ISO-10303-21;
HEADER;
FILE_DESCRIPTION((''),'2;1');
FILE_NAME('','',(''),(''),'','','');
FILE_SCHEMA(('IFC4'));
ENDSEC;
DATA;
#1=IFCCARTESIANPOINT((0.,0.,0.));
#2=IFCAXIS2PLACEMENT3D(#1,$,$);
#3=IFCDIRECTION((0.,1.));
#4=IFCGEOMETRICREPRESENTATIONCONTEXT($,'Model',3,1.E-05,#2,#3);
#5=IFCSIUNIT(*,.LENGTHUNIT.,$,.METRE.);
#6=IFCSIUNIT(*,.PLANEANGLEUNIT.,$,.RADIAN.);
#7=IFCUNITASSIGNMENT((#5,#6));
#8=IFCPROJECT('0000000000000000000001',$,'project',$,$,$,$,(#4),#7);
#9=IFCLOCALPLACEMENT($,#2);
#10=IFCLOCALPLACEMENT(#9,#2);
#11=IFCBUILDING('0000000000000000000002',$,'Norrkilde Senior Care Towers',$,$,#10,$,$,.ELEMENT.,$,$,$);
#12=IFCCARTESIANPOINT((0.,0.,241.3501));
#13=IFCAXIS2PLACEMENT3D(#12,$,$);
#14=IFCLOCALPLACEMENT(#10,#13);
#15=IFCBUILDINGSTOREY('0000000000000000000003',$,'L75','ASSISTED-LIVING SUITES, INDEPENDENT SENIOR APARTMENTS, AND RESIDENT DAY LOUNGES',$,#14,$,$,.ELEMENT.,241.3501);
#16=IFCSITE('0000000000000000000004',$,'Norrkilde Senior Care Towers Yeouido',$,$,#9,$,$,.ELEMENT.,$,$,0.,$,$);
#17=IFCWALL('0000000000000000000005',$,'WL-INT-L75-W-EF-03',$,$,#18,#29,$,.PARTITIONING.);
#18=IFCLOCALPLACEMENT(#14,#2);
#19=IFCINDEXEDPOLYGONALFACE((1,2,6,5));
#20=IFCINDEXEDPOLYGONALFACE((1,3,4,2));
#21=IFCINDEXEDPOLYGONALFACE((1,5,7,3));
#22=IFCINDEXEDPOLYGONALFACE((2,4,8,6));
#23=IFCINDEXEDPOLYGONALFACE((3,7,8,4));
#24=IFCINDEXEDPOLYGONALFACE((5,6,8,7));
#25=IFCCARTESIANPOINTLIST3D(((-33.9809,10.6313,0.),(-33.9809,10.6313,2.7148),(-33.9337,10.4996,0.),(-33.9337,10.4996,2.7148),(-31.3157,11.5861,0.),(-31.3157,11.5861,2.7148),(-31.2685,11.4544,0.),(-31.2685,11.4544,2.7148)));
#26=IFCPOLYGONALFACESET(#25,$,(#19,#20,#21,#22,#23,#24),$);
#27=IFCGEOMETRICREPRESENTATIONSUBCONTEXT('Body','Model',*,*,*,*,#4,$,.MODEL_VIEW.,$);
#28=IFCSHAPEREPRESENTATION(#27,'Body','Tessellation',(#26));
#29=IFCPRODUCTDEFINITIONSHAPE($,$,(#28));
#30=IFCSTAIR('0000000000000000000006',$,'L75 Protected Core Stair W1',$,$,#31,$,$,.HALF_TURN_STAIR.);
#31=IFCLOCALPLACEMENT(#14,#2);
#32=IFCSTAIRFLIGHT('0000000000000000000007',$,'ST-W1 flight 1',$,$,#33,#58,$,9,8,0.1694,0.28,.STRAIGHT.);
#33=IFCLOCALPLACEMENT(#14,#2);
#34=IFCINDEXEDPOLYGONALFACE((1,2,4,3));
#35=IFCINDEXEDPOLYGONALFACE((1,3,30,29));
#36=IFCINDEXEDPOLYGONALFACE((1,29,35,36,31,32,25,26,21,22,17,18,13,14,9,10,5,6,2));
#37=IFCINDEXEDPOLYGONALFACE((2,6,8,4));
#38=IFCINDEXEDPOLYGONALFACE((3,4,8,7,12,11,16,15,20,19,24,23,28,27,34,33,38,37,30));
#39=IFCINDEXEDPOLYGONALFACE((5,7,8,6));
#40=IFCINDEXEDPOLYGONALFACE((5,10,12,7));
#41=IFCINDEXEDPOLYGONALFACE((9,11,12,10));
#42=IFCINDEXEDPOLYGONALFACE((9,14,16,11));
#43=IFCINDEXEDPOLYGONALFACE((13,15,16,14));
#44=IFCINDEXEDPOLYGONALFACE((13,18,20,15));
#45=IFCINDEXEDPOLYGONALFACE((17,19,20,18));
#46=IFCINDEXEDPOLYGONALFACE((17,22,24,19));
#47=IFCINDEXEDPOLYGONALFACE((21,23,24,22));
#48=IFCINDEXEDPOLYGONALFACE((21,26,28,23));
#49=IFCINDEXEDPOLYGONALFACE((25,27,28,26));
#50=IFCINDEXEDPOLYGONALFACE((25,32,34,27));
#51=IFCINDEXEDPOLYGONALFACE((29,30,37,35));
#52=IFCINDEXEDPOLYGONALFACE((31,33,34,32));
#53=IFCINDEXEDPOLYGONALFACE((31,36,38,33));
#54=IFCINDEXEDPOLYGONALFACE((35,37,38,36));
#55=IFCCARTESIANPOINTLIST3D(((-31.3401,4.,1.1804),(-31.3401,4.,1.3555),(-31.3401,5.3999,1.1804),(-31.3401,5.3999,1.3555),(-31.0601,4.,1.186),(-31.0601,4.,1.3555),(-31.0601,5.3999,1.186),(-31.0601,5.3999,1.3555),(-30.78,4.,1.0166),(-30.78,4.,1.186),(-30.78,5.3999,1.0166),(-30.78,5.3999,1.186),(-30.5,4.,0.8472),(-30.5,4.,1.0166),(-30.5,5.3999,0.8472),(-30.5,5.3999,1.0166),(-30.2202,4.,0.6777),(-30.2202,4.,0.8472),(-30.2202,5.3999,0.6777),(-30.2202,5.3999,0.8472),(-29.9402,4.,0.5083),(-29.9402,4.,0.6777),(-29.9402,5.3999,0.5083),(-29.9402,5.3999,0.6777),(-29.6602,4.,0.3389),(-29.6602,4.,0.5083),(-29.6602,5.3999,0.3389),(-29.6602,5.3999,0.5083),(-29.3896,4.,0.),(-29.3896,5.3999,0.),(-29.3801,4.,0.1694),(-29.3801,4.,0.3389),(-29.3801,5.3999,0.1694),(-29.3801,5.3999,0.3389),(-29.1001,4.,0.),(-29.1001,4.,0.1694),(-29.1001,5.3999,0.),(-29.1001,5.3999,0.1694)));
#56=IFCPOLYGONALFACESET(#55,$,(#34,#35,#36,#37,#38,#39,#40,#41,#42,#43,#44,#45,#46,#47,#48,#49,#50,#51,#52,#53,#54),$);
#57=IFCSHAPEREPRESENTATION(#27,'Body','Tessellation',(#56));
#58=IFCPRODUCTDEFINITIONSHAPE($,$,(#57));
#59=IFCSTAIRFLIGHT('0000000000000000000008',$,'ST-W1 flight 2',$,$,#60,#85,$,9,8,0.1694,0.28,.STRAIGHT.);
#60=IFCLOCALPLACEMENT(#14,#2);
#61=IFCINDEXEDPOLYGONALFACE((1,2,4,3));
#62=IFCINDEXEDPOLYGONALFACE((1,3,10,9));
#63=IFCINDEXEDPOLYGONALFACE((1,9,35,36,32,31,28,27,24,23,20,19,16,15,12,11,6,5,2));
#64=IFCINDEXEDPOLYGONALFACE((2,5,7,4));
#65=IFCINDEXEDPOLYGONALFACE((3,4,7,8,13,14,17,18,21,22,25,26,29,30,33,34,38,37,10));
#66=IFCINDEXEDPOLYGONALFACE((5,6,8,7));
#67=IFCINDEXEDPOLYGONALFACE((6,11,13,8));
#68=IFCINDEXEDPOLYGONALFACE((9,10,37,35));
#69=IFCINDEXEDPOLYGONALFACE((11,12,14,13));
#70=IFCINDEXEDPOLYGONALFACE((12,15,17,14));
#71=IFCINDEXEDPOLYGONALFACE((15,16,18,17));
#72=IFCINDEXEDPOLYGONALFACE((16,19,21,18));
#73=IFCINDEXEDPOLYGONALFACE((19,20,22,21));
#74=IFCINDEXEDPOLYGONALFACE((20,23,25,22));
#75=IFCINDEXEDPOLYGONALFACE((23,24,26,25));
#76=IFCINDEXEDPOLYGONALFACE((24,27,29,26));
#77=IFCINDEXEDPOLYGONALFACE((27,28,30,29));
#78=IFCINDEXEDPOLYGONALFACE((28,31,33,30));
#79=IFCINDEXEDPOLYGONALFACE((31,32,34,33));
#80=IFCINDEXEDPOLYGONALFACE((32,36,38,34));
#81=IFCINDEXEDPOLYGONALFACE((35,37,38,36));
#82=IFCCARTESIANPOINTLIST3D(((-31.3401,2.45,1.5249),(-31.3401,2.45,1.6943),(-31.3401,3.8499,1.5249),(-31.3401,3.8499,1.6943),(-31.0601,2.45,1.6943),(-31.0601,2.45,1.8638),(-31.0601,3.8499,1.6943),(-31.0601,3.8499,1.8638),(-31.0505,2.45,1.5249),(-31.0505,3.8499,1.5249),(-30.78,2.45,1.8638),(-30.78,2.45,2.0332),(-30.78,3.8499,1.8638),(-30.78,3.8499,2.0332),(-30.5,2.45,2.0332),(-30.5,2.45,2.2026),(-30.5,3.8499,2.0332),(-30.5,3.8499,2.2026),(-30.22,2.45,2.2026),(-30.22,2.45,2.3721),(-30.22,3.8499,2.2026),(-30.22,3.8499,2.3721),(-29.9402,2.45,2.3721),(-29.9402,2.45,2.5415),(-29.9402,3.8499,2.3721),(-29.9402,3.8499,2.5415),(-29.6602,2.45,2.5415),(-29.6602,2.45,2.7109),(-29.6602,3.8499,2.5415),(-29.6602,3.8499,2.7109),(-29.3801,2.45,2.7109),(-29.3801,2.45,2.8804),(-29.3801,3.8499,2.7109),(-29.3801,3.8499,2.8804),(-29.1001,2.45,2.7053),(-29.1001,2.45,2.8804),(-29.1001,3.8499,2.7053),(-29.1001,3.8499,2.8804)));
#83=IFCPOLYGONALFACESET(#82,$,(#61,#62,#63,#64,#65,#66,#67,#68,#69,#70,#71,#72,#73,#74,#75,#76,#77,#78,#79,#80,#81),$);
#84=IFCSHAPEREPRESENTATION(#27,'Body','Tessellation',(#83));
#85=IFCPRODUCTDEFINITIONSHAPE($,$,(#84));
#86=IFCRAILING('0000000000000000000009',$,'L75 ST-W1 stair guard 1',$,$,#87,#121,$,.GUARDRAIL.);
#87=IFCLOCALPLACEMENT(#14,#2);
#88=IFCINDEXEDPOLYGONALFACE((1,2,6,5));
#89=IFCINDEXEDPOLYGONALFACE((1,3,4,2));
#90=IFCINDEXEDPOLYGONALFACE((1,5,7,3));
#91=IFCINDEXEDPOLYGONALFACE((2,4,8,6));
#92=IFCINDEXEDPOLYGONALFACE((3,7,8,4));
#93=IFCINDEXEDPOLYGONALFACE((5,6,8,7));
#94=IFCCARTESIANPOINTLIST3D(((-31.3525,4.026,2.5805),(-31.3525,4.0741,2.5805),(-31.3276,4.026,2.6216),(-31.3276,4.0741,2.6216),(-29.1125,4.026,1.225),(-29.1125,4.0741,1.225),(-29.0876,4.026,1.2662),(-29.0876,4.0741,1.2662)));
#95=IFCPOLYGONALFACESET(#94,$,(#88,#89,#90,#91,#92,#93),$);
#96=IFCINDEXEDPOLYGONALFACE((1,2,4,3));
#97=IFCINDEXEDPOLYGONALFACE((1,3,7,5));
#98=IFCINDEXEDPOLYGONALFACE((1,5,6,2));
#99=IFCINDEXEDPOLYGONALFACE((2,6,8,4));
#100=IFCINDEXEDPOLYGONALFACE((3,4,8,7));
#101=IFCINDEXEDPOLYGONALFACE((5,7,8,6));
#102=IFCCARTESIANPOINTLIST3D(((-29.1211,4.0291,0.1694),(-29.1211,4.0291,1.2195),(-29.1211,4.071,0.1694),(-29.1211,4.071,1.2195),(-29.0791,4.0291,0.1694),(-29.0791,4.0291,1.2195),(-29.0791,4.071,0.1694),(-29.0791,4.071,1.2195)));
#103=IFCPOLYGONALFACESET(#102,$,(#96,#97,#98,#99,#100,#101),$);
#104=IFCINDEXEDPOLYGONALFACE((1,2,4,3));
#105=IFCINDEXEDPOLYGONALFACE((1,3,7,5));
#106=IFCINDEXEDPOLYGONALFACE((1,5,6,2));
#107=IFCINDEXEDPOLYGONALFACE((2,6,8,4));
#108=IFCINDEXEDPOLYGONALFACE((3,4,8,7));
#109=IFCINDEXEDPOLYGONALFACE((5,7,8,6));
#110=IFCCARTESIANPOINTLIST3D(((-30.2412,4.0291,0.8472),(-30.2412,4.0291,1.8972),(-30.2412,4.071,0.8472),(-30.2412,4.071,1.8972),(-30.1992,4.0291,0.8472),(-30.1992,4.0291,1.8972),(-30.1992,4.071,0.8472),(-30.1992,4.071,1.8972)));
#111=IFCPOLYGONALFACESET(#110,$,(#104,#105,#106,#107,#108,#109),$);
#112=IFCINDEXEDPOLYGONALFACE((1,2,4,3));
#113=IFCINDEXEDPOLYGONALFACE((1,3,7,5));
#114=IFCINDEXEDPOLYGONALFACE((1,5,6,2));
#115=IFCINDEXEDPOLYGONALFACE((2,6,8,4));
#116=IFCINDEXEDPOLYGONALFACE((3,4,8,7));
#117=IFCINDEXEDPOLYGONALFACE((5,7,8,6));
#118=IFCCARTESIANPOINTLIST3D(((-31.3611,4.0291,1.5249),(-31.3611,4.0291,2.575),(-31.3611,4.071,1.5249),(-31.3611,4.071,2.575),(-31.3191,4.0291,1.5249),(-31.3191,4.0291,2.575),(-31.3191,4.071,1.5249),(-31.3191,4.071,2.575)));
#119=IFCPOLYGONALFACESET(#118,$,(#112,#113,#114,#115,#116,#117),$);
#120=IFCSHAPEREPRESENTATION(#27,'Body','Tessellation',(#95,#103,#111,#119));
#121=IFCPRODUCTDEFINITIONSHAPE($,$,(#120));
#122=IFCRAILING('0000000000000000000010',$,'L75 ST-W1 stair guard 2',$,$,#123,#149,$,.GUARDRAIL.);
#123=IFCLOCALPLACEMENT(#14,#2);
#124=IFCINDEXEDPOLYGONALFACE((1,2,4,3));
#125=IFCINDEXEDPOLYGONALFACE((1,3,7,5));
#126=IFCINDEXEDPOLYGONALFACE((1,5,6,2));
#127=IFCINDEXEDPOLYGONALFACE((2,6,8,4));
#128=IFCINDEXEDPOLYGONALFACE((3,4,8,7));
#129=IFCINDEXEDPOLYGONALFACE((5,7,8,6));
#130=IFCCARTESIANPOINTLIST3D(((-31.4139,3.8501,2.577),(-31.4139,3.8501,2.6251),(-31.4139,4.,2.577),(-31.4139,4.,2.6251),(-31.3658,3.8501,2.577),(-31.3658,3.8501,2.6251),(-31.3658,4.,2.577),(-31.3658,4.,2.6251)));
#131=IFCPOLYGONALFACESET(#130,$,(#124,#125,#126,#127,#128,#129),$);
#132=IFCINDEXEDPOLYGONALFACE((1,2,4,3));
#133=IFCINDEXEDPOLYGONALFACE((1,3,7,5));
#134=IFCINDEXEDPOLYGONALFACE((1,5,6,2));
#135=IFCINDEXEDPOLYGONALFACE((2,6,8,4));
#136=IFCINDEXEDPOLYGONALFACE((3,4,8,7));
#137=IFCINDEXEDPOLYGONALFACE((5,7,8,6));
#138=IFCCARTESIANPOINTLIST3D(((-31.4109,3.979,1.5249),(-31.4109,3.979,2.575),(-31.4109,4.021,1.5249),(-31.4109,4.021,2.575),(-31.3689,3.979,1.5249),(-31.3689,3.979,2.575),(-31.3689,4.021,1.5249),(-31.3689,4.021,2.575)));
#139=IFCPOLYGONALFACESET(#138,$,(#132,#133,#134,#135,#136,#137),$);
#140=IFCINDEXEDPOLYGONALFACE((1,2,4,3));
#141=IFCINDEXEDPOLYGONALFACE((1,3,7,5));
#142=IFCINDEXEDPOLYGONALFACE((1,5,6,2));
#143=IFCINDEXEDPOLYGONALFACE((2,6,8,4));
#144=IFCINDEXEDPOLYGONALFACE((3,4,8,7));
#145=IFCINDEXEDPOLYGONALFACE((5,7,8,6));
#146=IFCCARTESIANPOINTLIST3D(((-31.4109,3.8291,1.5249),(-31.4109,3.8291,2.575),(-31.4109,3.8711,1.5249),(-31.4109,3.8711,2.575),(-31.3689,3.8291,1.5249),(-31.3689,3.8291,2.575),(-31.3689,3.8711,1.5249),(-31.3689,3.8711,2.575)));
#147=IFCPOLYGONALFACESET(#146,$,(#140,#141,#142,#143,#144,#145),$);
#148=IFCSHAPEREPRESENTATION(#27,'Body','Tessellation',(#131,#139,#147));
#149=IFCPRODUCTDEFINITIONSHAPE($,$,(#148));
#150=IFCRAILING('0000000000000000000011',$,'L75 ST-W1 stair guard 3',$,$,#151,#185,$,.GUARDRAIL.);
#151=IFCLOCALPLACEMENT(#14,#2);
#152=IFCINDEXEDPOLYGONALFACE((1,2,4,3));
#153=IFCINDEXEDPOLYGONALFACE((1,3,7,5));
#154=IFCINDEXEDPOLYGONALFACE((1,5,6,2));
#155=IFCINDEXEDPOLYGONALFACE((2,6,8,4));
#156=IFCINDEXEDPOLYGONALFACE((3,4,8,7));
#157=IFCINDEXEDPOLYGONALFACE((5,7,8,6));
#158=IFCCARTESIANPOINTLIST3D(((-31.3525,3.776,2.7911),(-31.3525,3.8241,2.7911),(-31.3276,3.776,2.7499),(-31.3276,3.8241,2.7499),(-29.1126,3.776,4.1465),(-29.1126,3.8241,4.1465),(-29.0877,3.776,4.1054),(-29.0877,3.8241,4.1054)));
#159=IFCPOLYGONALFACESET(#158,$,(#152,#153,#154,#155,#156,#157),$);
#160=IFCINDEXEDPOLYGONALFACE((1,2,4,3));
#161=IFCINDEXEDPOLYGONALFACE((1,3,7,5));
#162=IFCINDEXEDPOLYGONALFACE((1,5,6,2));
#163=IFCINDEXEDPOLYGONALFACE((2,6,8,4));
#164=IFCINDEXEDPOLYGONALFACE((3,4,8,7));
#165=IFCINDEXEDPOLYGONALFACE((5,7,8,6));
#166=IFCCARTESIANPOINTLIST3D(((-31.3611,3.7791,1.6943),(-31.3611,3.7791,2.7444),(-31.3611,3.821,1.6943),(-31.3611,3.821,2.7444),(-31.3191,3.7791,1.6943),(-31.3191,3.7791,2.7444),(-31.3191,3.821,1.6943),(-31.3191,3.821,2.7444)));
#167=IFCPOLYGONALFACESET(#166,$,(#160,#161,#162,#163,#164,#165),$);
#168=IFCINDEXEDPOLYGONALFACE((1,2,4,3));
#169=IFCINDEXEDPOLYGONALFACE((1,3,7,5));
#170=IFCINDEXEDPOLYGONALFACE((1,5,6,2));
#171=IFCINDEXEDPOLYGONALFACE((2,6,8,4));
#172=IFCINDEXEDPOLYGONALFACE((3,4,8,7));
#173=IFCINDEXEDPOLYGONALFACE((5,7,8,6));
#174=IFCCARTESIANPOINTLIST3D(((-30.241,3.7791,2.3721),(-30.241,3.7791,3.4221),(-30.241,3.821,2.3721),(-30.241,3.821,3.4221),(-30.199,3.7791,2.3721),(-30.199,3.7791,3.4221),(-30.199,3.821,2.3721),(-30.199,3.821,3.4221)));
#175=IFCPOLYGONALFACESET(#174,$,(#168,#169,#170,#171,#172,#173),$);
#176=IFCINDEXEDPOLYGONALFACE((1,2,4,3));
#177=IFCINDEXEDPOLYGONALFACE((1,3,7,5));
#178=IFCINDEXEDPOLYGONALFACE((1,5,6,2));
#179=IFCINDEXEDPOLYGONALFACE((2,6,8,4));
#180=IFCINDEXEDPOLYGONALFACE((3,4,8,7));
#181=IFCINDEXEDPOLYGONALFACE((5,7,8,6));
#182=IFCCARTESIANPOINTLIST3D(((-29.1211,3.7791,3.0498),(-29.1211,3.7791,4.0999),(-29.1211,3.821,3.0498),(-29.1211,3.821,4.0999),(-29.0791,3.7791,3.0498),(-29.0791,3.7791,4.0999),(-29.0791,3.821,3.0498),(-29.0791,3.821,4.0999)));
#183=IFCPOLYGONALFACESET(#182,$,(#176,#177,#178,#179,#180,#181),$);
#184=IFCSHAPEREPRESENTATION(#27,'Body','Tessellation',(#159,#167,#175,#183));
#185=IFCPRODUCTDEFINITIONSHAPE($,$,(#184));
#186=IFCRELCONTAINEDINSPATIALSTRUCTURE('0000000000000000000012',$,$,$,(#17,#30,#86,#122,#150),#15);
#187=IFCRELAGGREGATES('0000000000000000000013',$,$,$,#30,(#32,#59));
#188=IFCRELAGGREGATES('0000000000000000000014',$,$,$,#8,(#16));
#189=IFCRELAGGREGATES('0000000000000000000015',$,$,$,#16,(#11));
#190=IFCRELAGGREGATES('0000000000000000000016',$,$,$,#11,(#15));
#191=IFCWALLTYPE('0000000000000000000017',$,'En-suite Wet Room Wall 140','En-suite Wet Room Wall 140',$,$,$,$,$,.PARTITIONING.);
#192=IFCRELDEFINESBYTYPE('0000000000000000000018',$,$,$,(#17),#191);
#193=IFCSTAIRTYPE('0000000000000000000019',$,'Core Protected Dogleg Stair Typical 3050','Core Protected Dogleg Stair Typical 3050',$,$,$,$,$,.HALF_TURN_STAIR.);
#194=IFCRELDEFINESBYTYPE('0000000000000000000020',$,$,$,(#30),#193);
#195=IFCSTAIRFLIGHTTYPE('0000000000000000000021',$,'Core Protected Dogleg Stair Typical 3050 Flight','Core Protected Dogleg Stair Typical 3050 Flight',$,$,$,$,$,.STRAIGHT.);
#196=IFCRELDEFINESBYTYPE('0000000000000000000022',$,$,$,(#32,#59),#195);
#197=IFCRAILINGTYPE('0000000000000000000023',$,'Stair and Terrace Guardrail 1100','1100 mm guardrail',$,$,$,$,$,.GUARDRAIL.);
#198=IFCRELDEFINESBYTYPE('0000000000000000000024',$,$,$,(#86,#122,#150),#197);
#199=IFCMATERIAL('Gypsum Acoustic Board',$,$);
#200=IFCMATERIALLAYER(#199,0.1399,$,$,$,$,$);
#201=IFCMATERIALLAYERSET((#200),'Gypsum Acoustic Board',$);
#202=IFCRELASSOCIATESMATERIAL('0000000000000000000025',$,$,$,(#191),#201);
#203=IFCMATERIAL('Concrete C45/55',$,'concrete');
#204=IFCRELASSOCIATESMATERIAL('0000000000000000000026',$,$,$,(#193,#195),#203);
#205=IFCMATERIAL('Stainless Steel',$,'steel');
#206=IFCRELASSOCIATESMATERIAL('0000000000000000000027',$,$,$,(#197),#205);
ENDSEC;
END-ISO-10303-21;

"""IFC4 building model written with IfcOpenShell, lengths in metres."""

from ifc_helpers import new_model, si_unit, direction, frame, frame_2d, origin, origin_2d, place, context, subcontext, project, spatial, polyline, rectangle, outline, extrude, source, transform, mapped, material, layer, layer_set, type_object, element, aggregate, save


model = new_model("IFC4")

# Units and contexts
model_context = context("Model", 3, precision=1e-05, world=origin(), true_north=direction((0.0, 1.0)))
body_context = subcontext(model_context, "Body", "Model", "MODEL_VIEW")
ifc_project = project(units=[si_unit("LENGTHUNIT", "METRE"), si_unit("PLANEANGLEUNIT", "RADIAN")], contexts=[model_context])

# Site, building, storey
site_placement = place(None, origin())
site = spatial("IfcSite", under=ifc_project, at=site_placement, Name="Norrkilde Senior Care Towers Yeouido", CompositionType="ELEMENT", RefElevation=0.0)
building_placement = place(site_placement, origin())
building = spatial("IfcBuilding", under=site, at=building_placement, Name="Norrkilde Senior Care Towers", CompositionType="ELEMENT")
storey_placement = place(building_placement, frame((0.0, 0.0, 241.3501)))
storey = spatial("IfcBuildingStorey", under=building, at=storey_placement, Name="L75", Description="ASSISTED-LIVING SUITES, INDEPENDENT SENIOR APARTMENTS, AND RESIDENT DAY LOUNGES", CompositionType="ELEMENT", Elevation=241.3501)

# Shared definitions
ifc_material_1 = material(Name="Gypsum Acoustic Board")
ifc_material_2 = material(Name="Concrete C45/55", Category="concrete")

# Shared definitions
ifc_layer_1 = layer(ifc_material_1, 0.1399)
ifc_layer_set_1 = layer_set([ifc_layer_1], Name="Gypsum Acoustic Board")
wall_type_1 = type_object("IfcWallType", Name="En-suite Wet Room Wall 140", Description="En-suite Wet Room Wall 140", PredefinedType="PARTITIONING", material=ifc_layer_set_1)

# Wall
shared_shape_1 = source(origin(), body_context, "Body", "SweptSolid", [
    extrude(rectangle(XDim=2.8311, YDim=0.1399, at=frame_2d((1.4155, 0.0))), origin(), (0.0, 0.0, 1.0), 2.7148),
])
wall_1_placement = place(storey_placement, frame((-33.9573, 10.5654, 0.0), z_axis=(0.0, 0.0, 1.0), x_axis=(0.941412, 0.337259, 0.0)))
element("IfcWall", 1, at=wall_1_placement, inside=storey, type_object=wall_type_1, Name="WL-INT-L75-W-EF-03", PredefinedType="PARTITIONING", context=body_context, shape_type="MappedRepresentation", body=[
    mapped(shared_shape_1, transform((0.0, 0.0, 0.0), x_axis=(1.0, 0.0, 0.0), y_axis=(0.0, 1.0, 0.0), z_axis=(0.0, 0.0, 1.0), scale=1.0)),
])

# Stair, stair flights
stair_type = type_object("IfcStairType", Name="Core Protected Dogleg Stair Typical 3050", Description="Core Protected Dogleg Stair Typical 3050", PredefinedType="HALF_TURN_STAIR", material=ifc_material_2)
stair_placement = place(storey_placement, origin())
stair = element("IfcStair", 2, at=stair_placement, inside=storey, type_object=stair_type, Name="L75 Protected Core Stair W1", PredefinedType="HALF_TURN_STAIR")
stair_flight_type = type_object("IfcStairFlightType", Name="Core Protected Dogleg Stair Typical 3050 Flight", Description="Core Protected Dogleg Stair Typical 3050 Flight", PredefinedType="STRAIGHT", material=ifc_material_2)
stair_flight_1_placement = place(storey_placement, frame((-29.1001, 4.7, 0.0), z_axis=(0.0, 0.0, 1.0), x_axis=(-1.0, 0.0, 0.0)))
stair_flight_1 = element("IfcStairFlight", 3, at=stair_flight_1_placement, type_object=stair_flight_type, Name="ST-W1 flight 1", NumberOfRisers=9, NumberOfTreads=8, PredefinedType="STRAIGHT", RiserHeight=0.1694, TreadLength=0.28, context=body_context, shape_type="SweptSolid", body=[
    extrude(outline(polyline([(0.0, 0.0), (0.0, 0.1694), (0.28, 0.1694), (0.28, 0.3389), (0.5601, 0.3389), (0.5601, 0.5083), (0.8401, 0.5083), (0.8401, 0.6777), (1.1201, 0.6777), (1.1201, 0.8472), (1.3999, 0.8472), (1.3999, 1.0166), (1.6799, 1.0166), (1.6799, 1.186), (1.96, 1.186), (1.96, 1.3555), (2.24, 1.3555), (2.24, 1.5249), (2.24, 1.1804), (0.2896, 0.0), (0.0, 0.0)])), frame((0.0, 0.7, 0.0), z_axis=(0.0, -1.0, 0.0), x_axis=(1.0, 0.0, 0.0)), (0.0, 0.0, 1.0), 1.3999),
])
stair_flight_2_placement = place(storey_placement, frame((-31.3401, 3.1499, 1.5249), z_axis=(0.0, 0.0, 1.0), x_axis=(1.0, 0.0, 0.0)))
stair_flight_2 = element("IfcStairFlight", 4, at=stair_flight_2_placement, type_object=stair_flight_type, Name="ST-W1 flight 2", NumberOfRisers=9, NumberOfTreads=8, PredefinedType="STRAIGHT", RiserHeight=0.1694, TreadLength=0.28, context=body_context, shape_type="SweptSolid", body=[
    extrude(outline(polyline([(0.0, 0.0), (0.0, 0.1694), (0.28, 0.1694), (0.28, 0.3389), (0.5601, 0.3389), (0.5601, 0.5083), (0.8401, 0.5083), (0.8401, 0.6777), (1.1201, 0.6777), (1.1201, 0.8472), (1.3999, 0.8472), (1.3999, 1.0166), (1.6799, 1.0166), (1.6799, 1.186), (1.96, 1.186), (1.96, 1.3555), (2.24, 1.3555), (2.24, 1.5249), (2.24, 1.1804), (0.2896, 0.0), (0.0, 0.0)])), frame((0.0, 0.7, 0.0), z_axis=(0.0, -1.0, 0.0), x_axis=(1.0, 0.0, 0.0)), (0.0, 0.0, 1.0), 1.3999),
])
aggregate(stair, [stair_flight_1, stair_flight_2])

# Railings
ifc_material_3 = material(Name="Stainless Steel", Category="steel")
railing_type_1 = type_object("IfcRailingType", Name="Stair and Terrace Guardrail 1100", Description="1100 mm guardrail", PredefinedType="GUARDRAIL", material=ifc_material_3)
railing_1_placement = place(storey_placement, frame((-29.1001, 4.05, 0.1694)))
element("IfcRailing", 5, at=railing_1_placement, inside=storey, type_object=railing_type_1, Name="L75 ST-W1 stair guard 1", PredefinedType="GUARDRAIL", context=body_context, shape_type="SweptSolid", body=[
    extrude(rectangle(XDim=0.0481, YDim=0.0481, at=origin_2d()), frame((0.0, 0.0, 1.0762), z_axis=(-0.855553, 0.0, 0.517715), x_axis=(0.0, -1.0, 0.0)), (0.0, 0.0, 1.0), 2.6182),
    extrude(rectangle(XDim=0.042, YDim=0.042, at=origin_2d()), origin(), (0.0, 0.0, 1.0), 1.05),
    extrude(rectangle(XDim=0.042, YDim=0.042, at=origin_2d()), frame((-1.1201, 0.0, 0.6777)), (0.0, 0.0, 1.0), 1.05),
    extrude(rectangle(XDim=0.042, YDim=0.042, at=origin_2d()), frame((-2.24, 0.0, 1.3555)), (0.0, 0.0, 1.0), 1.05),
])
railing_2_placement = place(storey_placement, frame((-31.3899, 4.0, 1.5249)))
element("IfcRailing", 6, at=railing_2_placement, inside=storey, type_object=railing_type_1, Name="L75 ST-W1 stair guard 2", PredefinedType="GUARDRAIL", context=body_context, shape_type="SweptSolid", body=[
    extrude(rectangle(XDim=0.0481, YDim=0.0481, at=origin_2d()), frame((0.0, 0.0, 1.0762), z_axis=(0.0, -1.0, 0.0), x_axis=(1.0, 0.0, 0.0)), (0.0, 0.0, 1.0), 0.1499),
    extrude(rectangle(XDim=0.042, YDim=0.042, at=origin_2d()), origin(), (0.0, 0.0, 1.0), 1.05),
    extrude(rectangle(XDim=0.042, YDim=0.042, at=origin_2d()), frame((0.0, -0.1499, 0.0)), (0.0, 0.0, 1.0), 1.05),
])
railing_3_placement = place(storey_placement, frame((-31.3401, 3.8, 1.6943)))
element("IfcRailing", 7, at=railing_3_placement, inside=storey, type_object=railing_type_1, Name="L75 ST-W1 stair guard 3", PredefinedType="GUARDRAIL", context=body_context, shape_type="SweptSolid", body=[
    extrude(rectangle(XDim=0.0481, YDim=0.0481, at=origin_2d()), frame((0.0, 0.0, 1.0762), z_axis=(0.855553, 0.0, 0.517715), x_axis=(0.0, 1.0, 0.0)), (0.0, 0.0, 1.0), 2.6182),
    extrude(rectangle(XDim=0.042, YDim=0.042, at=origin_2d()), origin(), (0.0, 0.0, 1.0), 1.05),
    extrude(rectangle(XDim=0.042, YDim=0.042, at=origin_2d()), frame((1.1201, 0.0, 0.6777)), (0.0, 0.0, 1.0), 1.05),
    extrude(rectangle(XDim=0.042, YDim=0.042, at=origin_2d()), frame((2.24, 0.0, 1.3555)), (0.0, 0.0, 1.0), 1.05),
])

save(model, "model.ifc")
